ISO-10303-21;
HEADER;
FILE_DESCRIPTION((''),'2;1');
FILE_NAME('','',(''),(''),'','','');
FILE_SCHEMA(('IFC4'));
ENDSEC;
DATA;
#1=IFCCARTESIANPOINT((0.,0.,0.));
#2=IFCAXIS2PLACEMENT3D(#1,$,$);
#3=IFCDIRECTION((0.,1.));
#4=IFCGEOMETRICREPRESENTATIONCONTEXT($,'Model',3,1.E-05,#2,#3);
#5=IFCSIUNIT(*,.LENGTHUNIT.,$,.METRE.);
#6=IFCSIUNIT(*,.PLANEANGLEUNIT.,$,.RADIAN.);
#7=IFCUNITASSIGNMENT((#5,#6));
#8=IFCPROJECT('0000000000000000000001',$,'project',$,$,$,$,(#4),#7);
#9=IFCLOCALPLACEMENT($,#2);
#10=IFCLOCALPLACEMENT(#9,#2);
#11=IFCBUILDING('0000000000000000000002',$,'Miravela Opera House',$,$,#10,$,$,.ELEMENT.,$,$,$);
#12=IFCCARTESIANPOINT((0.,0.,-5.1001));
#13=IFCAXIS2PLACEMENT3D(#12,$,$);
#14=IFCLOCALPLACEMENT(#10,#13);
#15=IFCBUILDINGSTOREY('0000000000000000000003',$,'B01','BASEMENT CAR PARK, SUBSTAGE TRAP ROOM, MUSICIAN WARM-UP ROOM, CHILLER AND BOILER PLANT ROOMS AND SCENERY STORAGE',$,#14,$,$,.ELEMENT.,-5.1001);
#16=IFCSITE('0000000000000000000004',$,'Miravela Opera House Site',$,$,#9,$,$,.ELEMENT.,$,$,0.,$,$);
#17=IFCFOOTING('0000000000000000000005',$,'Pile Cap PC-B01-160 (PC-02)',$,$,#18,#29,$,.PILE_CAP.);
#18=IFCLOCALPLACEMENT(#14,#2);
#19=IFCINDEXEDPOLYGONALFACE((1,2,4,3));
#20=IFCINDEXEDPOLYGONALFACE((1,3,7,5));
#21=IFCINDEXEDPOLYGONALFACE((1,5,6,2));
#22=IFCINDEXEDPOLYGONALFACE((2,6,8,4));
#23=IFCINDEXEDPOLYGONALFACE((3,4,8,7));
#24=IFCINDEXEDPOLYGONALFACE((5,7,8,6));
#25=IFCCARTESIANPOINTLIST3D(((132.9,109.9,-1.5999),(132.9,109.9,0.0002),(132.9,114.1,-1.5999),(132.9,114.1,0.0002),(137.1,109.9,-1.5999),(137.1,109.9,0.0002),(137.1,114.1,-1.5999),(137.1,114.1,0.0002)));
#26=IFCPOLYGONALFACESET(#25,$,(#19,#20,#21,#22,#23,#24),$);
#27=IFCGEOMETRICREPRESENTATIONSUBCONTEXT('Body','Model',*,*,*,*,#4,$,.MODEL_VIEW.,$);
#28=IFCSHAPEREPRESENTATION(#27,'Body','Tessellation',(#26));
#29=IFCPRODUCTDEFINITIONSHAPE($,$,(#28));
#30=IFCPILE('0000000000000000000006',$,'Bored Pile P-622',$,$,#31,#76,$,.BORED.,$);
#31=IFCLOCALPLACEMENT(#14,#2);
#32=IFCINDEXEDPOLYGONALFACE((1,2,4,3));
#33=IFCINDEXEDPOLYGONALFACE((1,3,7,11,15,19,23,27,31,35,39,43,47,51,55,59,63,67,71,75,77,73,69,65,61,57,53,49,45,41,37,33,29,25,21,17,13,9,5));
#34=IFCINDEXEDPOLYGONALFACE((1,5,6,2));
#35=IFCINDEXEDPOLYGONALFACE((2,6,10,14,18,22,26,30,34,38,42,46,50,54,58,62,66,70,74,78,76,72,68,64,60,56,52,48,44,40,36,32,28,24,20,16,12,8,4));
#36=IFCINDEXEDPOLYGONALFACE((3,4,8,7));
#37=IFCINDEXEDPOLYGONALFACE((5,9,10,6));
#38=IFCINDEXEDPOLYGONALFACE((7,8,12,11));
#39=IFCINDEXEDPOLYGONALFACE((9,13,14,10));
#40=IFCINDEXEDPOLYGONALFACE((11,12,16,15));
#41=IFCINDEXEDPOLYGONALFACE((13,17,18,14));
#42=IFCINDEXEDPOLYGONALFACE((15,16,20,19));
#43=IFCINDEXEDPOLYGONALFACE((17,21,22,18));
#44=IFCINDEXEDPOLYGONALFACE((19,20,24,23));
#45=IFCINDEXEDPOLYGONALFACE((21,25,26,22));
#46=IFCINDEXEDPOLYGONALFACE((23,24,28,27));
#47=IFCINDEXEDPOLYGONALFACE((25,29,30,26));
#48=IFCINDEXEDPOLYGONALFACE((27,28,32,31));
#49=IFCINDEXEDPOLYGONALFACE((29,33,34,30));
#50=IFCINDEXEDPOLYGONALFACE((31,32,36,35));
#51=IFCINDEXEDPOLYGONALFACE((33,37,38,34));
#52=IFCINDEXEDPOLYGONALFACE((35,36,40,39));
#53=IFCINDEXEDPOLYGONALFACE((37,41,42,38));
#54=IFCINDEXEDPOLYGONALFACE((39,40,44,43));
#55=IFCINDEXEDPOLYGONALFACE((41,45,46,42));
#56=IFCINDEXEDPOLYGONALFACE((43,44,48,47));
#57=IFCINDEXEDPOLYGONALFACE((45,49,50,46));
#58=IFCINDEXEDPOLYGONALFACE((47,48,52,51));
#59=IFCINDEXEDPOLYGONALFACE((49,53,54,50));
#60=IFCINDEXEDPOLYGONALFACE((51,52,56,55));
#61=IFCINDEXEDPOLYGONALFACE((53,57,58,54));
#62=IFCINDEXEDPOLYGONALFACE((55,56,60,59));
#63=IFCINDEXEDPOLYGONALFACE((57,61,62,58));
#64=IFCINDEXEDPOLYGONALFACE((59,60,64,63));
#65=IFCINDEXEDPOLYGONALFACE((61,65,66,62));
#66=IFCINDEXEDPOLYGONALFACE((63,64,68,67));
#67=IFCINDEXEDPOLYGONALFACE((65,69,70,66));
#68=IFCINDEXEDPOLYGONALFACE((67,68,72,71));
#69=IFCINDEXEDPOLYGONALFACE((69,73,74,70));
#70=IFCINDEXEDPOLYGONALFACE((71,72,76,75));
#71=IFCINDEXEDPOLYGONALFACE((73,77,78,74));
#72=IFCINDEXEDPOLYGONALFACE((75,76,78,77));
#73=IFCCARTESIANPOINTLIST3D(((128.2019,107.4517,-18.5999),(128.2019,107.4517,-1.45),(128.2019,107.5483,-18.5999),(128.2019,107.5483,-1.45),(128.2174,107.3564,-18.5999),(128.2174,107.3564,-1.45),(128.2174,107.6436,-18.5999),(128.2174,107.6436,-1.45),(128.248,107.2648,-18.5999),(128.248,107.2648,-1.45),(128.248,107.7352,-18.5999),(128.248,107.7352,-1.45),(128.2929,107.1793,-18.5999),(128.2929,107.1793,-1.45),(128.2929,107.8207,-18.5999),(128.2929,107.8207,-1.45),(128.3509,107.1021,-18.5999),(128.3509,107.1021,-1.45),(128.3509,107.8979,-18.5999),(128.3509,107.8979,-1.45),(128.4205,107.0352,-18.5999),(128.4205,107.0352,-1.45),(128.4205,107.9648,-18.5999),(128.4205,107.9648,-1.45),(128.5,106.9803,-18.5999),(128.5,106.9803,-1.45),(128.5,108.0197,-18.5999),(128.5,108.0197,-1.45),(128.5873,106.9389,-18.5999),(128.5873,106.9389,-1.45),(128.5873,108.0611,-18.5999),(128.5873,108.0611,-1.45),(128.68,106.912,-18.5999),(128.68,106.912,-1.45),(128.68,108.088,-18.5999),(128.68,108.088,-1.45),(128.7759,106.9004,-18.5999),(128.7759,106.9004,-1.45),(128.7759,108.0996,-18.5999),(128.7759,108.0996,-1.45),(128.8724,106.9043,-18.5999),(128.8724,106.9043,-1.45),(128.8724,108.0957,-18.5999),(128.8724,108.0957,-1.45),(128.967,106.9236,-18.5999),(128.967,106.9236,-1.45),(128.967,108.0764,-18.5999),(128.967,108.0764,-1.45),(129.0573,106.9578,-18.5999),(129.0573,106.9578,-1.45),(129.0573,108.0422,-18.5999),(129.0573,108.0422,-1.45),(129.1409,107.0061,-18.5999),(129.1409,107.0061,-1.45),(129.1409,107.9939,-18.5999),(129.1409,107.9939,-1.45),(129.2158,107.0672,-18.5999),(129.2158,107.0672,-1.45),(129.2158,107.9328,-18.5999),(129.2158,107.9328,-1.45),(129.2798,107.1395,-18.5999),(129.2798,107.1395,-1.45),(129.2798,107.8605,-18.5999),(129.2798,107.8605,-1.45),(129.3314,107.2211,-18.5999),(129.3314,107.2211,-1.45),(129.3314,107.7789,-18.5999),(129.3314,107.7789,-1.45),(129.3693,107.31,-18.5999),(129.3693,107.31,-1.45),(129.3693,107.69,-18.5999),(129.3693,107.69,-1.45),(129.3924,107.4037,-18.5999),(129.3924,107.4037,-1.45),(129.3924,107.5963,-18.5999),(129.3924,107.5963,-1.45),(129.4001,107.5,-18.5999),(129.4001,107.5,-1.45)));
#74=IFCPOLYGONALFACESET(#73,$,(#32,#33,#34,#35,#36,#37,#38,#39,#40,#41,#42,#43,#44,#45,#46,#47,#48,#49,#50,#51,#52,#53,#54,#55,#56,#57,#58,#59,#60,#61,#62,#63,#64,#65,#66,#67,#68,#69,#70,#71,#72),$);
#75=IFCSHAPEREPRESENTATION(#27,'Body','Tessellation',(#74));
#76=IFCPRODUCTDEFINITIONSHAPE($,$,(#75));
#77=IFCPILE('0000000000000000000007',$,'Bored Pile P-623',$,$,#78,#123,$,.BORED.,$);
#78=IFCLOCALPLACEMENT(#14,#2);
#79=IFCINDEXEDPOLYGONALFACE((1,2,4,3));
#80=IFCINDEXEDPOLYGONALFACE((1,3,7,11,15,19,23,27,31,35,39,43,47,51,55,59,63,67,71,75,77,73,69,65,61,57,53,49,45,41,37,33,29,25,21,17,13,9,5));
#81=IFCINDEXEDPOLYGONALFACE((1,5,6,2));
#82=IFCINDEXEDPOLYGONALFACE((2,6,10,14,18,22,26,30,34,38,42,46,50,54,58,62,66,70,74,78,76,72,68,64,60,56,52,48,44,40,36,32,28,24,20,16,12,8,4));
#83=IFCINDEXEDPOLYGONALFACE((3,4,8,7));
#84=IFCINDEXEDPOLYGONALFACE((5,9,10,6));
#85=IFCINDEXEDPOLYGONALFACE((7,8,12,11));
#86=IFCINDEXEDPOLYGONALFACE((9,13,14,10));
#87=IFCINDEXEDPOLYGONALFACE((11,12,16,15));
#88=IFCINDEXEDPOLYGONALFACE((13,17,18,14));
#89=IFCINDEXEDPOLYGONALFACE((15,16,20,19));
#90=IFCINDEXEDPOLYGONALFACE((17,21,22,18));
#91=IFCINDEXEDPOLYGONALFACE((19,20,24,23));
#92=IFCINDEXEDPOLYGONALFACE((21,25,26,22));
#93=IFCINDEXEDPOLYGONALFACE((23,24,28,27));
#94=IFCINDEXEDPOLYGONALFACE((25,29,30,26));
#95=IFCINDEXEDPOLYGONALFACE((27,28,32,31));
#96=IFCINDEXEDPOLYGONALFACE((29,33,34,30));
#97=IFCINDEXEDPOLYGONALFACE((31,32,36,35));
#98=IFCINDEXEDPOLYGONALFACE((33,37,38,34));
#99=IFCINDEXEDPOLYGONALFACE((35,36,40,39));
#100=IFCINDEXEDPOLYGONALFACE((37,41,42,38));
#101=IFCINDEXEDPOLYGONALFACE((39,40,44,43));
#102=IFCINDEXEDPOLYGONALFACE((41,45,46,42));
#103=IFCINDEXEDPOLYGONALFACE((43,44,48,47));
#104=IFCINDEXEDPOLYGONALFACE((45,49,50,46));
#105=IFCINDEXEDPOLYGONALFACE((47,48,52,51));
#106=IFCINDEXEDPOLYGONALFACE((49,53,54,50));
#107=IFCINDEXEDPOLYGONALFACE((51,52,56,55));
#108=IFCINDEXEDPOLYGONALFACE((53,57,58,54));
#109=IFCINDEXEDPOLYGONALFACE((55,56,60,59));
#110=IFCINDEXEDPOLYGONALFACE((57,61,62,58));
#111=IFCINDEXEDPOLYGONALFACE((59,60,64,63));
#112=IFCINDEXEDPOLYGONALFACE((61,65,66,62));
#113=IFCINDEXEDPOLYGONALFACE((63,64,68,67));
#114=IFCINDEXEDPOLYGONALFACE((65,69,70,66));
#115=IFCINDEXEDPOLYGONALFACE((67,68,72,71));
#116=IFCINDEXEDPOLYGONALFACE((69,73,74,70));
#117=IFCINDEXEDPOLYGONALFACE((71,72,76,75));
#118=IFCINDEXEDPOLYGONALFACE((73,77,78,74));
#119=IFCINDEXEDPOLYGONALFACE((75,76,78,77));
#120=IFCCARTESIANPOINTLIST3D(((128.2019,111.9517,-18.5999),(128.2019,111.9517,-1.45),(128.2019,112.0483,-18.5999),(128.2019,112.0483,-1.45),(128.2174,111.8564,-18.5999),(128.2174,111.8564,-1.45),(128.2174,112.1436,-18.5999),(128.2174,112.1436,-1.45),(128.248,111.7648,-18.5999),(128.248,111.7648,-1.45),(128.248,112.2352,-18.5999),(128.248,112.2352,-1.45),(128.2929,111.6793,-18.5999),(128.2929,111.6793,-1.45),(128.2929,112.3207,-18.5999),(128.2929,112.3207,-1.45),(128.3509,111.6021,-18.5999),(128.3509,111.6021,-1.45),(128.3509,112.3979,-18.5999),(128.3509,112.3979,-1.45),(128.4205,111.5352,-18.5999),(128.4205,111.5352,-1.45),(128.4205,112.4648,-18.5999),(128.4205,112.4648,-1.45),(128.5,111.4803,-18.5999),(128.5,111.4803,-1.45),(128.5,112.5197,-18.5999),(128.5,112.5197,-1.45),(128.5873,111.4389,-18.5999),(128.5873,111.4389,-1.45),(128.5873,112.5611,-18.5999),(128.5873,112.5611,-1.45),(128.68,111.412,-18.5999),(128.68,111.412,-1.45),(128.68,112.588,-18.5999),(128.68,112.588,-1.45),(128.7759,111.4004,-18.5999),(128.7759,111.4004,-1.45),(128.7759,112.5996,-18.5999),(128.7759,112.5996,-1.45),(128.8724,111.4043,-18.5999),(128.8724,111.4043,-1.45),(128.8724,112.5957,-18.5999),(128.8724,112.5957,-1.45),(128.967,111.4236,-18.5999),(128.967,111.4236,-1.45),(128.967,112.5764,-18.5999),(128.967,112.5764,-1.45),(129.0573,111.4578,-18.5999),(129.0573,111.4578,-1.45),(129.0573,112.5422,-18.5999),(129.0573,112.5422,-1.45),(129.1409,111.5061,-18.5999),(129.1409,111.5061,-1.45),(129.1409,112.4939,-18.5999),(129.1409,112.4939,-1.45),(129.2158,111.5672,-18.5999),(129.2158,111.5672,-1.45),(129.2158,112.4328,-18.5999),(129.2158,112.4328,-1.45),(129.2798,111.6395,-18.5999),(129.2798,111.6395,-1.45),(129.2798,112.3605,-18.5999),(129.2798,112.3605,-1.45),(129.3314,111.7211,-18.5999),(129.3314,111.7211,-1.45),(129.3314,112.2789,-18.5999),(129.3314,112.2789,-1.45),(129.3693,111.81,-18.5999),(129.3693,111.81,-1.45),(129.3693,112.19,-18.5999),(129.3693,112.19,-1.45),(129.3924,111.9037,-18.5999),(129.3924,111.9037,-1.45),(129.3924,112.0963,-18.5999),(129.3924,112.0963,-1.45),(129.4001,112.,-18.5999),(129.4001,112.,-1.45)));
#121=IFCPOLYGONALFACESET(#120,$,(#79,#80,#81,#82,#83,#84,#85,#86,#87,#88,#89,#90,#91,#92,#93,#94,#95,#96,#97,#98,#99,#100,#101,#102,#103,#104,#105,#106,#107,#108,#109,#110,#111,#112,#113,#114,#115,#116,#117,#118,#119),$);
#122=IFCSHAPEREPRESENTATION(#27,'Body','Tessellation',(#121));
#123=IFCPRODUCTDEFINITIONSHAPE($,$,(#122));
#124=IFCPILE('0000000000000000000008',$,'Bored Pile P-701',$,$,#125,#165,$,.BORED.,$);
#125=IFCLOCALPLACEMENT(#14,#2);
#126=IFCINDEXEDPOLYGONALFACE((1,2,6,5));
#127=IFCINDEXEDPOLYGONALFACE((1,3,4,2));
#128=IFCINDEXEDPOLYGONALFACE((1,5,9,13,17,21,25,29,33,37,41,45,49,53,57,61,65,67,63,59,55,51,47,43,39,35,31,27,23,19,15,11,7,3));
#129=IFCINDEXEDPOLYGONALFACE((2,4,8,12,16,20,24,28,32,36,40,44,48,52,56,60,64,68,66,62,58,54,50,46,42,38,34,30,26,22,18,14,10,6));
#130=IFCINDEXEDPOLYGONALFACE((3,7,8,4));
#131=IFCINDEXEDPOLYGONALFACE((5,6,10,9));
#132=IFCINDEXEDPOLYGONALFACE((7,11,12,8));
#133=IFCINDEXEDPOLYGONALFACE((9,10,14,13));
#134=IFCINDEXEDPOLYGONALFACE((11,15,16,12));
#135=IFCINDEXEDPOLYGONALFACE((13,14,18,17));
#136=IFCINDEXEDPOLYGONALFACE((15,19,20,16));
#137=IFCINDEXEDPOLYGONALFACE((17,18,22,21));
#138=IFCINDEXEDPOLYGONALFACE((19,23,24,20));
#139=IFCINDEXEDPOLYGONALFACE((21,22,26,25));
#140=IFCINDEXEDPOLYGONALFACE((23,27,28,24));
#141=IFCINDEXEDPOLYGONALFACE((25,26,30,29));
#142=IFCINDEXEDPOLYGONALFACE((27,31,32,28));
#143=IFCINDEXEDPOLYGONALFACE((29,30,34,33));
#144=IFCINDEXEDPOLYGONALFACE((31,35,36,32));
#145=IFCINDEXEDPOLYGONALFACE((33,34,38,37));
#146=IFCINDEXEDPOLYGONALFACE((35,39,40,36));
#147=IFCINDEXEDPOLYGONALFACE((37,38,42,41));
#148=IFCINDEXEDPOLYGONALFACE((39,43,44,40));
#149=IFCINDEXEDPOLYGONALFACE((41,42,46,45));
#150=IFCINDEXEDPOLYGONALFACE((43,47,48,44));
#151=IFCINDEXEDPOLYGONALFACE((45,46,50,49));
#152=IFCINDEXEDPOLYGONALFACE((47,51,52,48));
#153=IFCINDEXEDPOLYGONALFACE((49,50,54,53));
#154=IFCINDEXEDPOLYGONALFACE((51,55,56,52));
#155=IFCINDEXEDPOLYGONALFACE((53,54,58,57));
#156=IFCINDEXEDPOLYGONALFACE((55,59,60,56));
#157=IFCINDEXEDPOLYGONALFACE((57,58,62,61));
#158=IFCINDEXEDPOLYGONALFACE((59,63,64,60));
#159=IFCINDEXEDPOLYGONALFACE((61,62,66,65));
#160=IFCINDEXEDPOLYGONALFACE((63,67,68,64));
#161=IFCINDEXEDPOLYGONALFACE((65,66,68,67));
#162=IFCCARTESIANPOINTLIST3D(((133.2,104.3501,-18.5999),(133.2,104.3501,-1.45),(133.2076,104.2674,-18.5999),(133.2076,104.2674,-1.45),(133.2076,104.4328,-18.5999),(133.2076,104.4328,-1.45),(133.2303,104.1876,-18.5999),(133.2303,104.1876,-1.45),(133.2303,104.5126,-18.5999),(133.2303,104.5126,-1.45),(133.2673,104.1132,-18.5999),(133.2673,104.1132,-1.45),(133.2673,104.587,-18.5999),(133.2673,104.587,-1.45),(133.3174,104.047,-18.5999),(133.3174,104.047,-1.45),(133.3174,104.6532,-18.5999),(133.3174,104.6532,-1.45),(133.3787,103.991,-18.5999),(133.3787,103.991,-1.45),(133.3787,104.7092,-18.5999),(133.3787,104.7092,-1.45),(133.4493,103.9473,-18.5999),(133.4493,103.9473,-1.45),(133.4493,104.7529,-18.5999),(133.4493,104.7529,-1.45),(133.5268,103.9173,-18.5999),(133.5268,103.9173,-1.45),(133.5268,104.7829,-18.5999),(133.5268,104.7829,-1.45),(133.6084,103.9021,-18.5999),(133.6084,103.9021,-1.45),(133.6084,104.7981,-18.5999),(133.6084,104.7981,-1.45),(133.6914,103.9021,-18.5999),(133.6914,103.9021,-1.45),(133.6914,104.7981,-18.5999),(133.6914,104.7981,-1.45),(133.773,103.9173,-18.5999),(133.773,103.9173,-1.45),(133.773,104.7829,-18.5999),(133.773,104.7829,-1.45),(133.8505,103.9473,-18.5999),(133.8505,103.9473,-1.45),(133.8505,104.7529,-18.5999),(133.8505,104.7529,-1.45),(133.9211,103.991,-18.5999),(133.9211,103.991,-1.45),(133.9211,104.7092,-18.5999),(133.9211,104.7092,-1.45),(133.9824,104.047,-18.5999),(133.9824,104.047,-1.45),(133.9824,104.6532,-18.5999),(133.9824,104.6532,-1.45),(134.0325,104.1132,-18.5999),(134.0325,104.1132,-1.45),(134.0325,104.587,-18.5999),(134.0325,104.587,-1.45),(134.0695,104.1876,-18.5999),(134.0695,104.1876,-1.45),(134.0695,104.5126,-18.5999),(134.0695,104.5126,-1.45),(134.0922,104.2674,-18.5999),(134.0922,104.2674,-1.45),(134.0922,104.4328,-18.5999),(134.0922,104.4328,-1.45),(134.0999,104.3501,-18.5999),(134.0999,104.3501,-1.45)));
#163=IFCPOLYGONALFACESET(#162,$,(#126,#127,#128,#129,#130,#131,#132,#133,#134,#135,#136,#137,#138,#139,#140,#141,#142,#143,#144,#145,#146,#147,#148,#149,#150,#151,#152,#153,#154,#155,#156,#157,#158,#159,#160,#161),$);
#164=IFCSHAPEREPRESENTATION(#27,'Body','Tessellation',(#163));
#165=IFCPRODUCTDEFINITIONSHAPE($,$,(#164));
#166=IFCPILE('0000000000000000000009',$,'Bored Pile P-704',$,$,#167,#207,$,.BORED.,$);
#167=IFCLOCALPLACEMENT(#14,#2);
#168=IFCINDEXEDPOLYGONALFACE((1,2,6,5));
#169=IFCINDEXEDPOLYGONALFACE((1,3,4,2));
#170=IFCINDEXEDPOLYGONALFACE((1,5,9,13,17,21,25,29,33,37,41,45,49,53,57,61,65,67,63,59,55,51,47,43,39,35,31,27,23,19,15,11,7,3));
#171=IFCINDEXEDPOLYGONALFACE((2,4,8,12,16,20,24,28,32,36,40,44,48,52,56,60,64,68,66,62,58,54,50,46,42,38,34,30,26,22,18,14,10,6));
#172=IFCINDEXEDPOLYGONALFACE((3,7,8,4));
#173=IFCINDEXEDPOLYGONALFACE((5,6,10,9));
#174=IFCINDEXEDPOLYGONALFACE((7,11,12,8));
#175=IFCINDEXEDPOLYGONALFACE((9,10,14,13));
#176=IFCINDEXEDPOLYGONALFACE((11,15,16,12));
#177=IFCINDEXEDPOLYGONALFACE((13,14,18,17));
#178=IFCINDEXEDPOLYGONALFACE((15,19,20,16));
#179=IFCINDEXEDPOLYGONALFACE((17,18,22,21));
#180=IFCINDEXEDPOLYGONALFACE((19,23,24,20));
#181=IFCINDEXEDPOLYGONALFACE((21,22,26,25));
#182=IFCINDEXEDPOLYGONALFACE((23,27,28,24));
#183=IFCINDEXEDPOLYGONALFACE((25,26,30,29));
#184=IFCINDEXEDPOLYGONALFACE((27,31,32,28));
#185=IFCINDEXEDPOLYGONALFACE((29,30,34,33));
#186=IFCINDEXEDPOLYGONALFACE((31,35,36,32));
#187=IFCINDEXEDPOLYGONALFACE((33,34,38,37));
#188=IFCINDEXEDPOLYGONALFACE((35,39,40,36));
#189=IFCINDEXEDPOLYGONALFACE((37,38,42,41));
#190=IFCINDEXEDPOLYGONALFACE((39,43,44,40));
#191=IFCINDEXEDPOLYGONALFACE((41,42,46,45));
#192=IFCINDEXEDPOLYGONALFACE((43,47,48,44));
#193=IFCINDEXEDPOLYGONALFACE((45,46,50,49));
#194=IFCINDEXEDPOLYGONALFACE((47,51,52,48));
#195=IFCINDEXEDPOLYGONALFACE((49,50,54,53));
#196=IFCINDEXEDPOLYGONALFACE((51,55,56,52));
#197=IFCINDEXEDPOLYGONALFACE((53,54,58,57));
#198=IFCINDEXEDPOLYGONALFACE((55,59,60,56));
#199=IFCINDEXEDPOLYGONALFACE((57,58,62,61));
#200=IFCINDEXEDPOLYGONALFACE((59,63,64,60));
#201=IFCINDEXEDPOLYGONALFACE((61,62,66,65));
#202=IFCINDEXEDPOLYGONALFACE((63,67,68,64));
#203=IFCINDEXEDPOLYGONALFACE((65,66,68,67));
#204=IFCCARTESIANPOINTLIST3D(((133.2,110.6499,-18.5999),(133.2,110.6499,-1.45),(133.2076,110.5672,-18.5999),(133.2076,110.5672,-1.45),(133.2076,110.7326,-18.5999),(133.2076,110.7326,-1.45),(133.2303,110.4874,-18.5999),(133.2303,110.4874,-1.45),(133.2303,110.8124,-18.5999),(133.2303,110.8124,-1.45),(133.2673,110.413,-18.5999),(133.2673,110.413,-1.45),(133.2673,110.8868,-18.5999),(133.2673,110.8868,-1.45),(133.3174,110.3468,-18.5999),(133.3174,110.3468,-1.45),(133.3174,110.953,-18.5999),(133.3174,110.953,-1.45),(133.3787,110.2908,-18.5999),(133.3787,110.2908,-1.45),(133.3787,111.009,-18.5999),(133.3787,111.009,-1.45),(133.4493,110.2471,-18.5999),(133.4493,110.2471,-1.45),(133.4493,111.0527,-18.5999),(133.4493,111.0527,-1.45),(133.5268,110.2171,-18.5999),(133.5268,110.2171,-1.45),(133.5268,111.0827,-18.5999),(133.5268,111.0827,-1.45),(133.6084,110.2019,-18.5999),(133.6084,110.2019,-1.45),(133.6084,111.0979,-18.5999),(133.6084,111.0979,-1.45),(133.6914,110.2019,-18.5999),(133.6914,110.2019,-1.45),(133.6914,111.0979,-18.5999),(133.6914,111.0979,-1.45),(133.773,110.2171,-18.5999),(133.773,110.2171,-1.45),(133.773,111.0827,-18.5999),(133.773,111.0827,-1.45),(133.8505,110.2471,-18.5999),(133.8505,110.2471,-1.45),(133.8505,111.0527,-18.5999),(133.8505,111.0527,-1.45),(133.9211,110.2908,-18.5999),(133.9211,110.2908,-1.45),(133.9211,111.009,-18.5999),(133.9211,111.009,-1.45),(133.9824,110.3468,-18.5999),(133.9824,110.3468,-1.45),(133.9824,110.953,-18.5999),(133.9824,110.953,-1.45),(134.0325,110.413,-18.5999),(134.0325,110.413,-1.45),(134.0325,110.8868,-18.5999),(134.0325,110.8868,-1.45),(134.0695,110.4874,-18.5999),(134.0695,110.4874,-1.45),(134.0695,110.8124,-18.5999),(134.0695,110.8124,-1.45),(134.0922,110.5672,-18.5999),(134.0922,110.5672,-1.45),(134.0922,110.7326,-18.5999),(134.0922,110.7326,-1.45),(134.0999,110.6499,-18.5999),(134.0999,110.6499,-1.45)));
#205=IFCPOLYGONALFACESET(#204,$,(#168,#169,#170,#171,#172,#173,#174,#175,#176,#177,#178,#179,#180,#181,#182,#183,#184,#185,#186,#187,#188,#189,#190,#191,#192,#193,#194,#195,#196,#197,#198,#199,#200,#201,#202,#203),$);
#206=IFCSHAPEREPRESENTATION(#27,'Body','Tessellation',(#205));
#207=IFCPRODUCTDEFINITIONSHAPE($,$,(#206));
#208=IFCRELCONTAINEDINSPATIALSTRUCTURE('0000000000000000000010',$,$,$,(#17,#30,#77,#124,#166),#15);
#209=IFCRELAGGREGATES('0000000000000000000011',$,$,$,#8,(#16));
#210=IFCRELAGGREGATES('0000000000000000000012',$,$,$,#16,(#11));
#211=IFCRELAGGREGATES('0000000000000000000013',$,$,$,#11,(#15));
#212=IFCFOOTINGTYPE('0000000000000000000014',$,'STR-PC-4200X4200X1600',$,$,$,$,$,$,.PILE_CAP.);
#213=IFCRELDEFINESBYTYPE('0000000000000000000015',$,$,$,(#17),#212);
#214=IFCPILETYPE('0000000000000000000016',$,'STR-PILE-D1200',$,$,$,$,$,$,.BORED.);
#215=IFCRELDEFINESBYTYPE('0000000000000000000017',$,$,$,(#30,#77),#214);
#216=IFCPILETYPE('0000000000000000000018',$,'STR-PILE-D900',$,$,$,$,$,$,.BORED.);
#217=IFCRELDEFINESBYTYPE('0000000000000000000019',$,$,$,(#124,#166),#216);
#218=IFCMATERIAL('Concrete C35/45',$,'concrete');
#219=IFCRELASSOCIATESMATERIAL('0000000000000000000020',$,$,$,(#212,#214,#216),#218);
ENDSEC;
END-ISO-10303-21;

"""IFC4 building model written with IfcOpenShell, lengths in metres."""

from ifc_helpers import new_model, si_unit, direction, frame, origin, origin_2d, place, context, subcontext, project, spatial, rectangle, circle, extrude, material, material_profile, profile_set, type_object, element, save


model = new_model("IFC4")

# Units and contexts
model_context = context("Model", 3, precision=1e-05, world=origin(), true_north=direction((0.0, 1.0)))
body_context = subcontext(model_context, "Body", "Model", "MODEL_VIEW")
ifc_project = project(units=[si_unit("LENGTHUNIT", "METRE"), si_unit("PLANEANGLEUNIT", "RADIAN")], contexts=[model_context])

# Site, building, storey
site_placement = place(None, origin())
site = spatial("IfcSite", under=ifc_project, at=site_placement, Name="Miravela Opera House Site", CompositionType="ELEMENT", RefElevation=0.0)
building_placement = place(site_placement, origin())
building = spatial("IfcBuilding", under=site, at=building_placement, Name="Miravela Opera House", CompositionType="ELEMENT")
storey_placement = place(building_placement, frame((0.0, 0.0, -5.1001)))
storey = spatial("IfcBuildingStorey", under=building, at=storey_placement, Name="B01", Description="BASEMENT CAR PARK, SUBSTAGE TRAP ROOM, MUSICIAN WARM-UP ROOM, CHILLER AND BOILER PLANT ROOMS AND SCENERY STORAGE", CompositionType="ELEMENT", Elevation=-5.1001)

# Footing
ifc_material_1 = material(Name="Concrete C35/45", Category="concrete")
footing_type = type_object("IfcFootingType", Name="STR-PC-4200X4200X1600", PredefinedType="PILE_CAP", material=ifc_material_1)
footing_placement = place(storey_placement, frame((135.0, 112.0, -1.5999), z_axis=(0.0, 0.0, 1.0), x_axis=(1.0, 0.0, 0.0)))
element("IfcFooting", 1, at=footing_placement, inside=storey, type_object=footing_type, Name="Pile Cap PC-B01-160 (PC-02)", PredefinedType="PILE_CAP", context=body_context, shape_type="SweptSolid", body=[
    extrude(rectangle(XDim=4.2, YDim=4.2, at=origin_2d()), origin(), (0.0, 0.0, 1.0), 1.6001),
])

# Piles
ifc_material_profile_1 = material_profile(ifc_material_1, circle(Radius=0.6001, at=origin_2d()), Name="PILE-D1200")
ifc_profile_set_1 = profile_set([ifc_material_profile_1])
pile_type_1 = type_object("IfcPileType", Name="STR-PILE-D1200", PredefinedType="BORED", material=ifc_profile_set_1)
for number, where, z_axis, x_axis, name in (
    (2, (128.8, 107.5, -1.45), (0.0, 0.0, -1.0), (1.0, 0.0, 0.0), "Bored Pile P-622"),
    (3, (128.8, 112.0, -1.45), (0.0, 0.0, -1.0), (1.0, 0.0, 0.0), "Bored Pile P-623"),
):
    element("IfcPile", number, at=place(storey_placement, frame(where, z_axis=z_axis, x_axis=x_axis)), inside=storey, type_object=pile_type_1, Name=name, PredefinedType="BORED", context=body_context, shape_type="SweptSolid", body=[
        extrude(circle(Radius=0.6001, at=origin_2d()), origin(), (0.0, 0.0, 1.0), 17.1499),
    ])
ifc_material_profile_2 = material_profile(ifc_material_1, circle(Radius=0.45, at=origin_2d()), Name="PILE-D900")
ifc_profile_set_2 = profile_set([ifc_material_profile_2])
pile_type_2 = type_object("IfcPileType", Name="STR-PILE-D900", PredefinedType="BORED", material=ifc_profile_set_2)
for number, where, z_axis, x_axis, name in (
    (4, (133.6499, 104.3501, -1.45), (0.0, 0.0, -1.0), (1.0, 0.0, 0.0), "Bored Pile P-701"),
    (5, (133.6499, 110.6499, -1.45), (0.0, 0.0, -1.0), (1.0, 0.0, 0.0), "Bored Pile P-704"),
):
    element("IfcPile", number, at=place(storey_placement, frame(where, z_axis=z_axis, x_axis=x_axis)), inside=storey, type_object=pile_type_2, Name=name, PredefinedType="BORED", context=body_context, shape_type="SweptSolid", body=[
        extrude(circle(Radius=0.45, at=origin_2d()), origin(), (0.0, 0.0, 1.0), 17.1499),
    ])

save(model, "model.ifc")
